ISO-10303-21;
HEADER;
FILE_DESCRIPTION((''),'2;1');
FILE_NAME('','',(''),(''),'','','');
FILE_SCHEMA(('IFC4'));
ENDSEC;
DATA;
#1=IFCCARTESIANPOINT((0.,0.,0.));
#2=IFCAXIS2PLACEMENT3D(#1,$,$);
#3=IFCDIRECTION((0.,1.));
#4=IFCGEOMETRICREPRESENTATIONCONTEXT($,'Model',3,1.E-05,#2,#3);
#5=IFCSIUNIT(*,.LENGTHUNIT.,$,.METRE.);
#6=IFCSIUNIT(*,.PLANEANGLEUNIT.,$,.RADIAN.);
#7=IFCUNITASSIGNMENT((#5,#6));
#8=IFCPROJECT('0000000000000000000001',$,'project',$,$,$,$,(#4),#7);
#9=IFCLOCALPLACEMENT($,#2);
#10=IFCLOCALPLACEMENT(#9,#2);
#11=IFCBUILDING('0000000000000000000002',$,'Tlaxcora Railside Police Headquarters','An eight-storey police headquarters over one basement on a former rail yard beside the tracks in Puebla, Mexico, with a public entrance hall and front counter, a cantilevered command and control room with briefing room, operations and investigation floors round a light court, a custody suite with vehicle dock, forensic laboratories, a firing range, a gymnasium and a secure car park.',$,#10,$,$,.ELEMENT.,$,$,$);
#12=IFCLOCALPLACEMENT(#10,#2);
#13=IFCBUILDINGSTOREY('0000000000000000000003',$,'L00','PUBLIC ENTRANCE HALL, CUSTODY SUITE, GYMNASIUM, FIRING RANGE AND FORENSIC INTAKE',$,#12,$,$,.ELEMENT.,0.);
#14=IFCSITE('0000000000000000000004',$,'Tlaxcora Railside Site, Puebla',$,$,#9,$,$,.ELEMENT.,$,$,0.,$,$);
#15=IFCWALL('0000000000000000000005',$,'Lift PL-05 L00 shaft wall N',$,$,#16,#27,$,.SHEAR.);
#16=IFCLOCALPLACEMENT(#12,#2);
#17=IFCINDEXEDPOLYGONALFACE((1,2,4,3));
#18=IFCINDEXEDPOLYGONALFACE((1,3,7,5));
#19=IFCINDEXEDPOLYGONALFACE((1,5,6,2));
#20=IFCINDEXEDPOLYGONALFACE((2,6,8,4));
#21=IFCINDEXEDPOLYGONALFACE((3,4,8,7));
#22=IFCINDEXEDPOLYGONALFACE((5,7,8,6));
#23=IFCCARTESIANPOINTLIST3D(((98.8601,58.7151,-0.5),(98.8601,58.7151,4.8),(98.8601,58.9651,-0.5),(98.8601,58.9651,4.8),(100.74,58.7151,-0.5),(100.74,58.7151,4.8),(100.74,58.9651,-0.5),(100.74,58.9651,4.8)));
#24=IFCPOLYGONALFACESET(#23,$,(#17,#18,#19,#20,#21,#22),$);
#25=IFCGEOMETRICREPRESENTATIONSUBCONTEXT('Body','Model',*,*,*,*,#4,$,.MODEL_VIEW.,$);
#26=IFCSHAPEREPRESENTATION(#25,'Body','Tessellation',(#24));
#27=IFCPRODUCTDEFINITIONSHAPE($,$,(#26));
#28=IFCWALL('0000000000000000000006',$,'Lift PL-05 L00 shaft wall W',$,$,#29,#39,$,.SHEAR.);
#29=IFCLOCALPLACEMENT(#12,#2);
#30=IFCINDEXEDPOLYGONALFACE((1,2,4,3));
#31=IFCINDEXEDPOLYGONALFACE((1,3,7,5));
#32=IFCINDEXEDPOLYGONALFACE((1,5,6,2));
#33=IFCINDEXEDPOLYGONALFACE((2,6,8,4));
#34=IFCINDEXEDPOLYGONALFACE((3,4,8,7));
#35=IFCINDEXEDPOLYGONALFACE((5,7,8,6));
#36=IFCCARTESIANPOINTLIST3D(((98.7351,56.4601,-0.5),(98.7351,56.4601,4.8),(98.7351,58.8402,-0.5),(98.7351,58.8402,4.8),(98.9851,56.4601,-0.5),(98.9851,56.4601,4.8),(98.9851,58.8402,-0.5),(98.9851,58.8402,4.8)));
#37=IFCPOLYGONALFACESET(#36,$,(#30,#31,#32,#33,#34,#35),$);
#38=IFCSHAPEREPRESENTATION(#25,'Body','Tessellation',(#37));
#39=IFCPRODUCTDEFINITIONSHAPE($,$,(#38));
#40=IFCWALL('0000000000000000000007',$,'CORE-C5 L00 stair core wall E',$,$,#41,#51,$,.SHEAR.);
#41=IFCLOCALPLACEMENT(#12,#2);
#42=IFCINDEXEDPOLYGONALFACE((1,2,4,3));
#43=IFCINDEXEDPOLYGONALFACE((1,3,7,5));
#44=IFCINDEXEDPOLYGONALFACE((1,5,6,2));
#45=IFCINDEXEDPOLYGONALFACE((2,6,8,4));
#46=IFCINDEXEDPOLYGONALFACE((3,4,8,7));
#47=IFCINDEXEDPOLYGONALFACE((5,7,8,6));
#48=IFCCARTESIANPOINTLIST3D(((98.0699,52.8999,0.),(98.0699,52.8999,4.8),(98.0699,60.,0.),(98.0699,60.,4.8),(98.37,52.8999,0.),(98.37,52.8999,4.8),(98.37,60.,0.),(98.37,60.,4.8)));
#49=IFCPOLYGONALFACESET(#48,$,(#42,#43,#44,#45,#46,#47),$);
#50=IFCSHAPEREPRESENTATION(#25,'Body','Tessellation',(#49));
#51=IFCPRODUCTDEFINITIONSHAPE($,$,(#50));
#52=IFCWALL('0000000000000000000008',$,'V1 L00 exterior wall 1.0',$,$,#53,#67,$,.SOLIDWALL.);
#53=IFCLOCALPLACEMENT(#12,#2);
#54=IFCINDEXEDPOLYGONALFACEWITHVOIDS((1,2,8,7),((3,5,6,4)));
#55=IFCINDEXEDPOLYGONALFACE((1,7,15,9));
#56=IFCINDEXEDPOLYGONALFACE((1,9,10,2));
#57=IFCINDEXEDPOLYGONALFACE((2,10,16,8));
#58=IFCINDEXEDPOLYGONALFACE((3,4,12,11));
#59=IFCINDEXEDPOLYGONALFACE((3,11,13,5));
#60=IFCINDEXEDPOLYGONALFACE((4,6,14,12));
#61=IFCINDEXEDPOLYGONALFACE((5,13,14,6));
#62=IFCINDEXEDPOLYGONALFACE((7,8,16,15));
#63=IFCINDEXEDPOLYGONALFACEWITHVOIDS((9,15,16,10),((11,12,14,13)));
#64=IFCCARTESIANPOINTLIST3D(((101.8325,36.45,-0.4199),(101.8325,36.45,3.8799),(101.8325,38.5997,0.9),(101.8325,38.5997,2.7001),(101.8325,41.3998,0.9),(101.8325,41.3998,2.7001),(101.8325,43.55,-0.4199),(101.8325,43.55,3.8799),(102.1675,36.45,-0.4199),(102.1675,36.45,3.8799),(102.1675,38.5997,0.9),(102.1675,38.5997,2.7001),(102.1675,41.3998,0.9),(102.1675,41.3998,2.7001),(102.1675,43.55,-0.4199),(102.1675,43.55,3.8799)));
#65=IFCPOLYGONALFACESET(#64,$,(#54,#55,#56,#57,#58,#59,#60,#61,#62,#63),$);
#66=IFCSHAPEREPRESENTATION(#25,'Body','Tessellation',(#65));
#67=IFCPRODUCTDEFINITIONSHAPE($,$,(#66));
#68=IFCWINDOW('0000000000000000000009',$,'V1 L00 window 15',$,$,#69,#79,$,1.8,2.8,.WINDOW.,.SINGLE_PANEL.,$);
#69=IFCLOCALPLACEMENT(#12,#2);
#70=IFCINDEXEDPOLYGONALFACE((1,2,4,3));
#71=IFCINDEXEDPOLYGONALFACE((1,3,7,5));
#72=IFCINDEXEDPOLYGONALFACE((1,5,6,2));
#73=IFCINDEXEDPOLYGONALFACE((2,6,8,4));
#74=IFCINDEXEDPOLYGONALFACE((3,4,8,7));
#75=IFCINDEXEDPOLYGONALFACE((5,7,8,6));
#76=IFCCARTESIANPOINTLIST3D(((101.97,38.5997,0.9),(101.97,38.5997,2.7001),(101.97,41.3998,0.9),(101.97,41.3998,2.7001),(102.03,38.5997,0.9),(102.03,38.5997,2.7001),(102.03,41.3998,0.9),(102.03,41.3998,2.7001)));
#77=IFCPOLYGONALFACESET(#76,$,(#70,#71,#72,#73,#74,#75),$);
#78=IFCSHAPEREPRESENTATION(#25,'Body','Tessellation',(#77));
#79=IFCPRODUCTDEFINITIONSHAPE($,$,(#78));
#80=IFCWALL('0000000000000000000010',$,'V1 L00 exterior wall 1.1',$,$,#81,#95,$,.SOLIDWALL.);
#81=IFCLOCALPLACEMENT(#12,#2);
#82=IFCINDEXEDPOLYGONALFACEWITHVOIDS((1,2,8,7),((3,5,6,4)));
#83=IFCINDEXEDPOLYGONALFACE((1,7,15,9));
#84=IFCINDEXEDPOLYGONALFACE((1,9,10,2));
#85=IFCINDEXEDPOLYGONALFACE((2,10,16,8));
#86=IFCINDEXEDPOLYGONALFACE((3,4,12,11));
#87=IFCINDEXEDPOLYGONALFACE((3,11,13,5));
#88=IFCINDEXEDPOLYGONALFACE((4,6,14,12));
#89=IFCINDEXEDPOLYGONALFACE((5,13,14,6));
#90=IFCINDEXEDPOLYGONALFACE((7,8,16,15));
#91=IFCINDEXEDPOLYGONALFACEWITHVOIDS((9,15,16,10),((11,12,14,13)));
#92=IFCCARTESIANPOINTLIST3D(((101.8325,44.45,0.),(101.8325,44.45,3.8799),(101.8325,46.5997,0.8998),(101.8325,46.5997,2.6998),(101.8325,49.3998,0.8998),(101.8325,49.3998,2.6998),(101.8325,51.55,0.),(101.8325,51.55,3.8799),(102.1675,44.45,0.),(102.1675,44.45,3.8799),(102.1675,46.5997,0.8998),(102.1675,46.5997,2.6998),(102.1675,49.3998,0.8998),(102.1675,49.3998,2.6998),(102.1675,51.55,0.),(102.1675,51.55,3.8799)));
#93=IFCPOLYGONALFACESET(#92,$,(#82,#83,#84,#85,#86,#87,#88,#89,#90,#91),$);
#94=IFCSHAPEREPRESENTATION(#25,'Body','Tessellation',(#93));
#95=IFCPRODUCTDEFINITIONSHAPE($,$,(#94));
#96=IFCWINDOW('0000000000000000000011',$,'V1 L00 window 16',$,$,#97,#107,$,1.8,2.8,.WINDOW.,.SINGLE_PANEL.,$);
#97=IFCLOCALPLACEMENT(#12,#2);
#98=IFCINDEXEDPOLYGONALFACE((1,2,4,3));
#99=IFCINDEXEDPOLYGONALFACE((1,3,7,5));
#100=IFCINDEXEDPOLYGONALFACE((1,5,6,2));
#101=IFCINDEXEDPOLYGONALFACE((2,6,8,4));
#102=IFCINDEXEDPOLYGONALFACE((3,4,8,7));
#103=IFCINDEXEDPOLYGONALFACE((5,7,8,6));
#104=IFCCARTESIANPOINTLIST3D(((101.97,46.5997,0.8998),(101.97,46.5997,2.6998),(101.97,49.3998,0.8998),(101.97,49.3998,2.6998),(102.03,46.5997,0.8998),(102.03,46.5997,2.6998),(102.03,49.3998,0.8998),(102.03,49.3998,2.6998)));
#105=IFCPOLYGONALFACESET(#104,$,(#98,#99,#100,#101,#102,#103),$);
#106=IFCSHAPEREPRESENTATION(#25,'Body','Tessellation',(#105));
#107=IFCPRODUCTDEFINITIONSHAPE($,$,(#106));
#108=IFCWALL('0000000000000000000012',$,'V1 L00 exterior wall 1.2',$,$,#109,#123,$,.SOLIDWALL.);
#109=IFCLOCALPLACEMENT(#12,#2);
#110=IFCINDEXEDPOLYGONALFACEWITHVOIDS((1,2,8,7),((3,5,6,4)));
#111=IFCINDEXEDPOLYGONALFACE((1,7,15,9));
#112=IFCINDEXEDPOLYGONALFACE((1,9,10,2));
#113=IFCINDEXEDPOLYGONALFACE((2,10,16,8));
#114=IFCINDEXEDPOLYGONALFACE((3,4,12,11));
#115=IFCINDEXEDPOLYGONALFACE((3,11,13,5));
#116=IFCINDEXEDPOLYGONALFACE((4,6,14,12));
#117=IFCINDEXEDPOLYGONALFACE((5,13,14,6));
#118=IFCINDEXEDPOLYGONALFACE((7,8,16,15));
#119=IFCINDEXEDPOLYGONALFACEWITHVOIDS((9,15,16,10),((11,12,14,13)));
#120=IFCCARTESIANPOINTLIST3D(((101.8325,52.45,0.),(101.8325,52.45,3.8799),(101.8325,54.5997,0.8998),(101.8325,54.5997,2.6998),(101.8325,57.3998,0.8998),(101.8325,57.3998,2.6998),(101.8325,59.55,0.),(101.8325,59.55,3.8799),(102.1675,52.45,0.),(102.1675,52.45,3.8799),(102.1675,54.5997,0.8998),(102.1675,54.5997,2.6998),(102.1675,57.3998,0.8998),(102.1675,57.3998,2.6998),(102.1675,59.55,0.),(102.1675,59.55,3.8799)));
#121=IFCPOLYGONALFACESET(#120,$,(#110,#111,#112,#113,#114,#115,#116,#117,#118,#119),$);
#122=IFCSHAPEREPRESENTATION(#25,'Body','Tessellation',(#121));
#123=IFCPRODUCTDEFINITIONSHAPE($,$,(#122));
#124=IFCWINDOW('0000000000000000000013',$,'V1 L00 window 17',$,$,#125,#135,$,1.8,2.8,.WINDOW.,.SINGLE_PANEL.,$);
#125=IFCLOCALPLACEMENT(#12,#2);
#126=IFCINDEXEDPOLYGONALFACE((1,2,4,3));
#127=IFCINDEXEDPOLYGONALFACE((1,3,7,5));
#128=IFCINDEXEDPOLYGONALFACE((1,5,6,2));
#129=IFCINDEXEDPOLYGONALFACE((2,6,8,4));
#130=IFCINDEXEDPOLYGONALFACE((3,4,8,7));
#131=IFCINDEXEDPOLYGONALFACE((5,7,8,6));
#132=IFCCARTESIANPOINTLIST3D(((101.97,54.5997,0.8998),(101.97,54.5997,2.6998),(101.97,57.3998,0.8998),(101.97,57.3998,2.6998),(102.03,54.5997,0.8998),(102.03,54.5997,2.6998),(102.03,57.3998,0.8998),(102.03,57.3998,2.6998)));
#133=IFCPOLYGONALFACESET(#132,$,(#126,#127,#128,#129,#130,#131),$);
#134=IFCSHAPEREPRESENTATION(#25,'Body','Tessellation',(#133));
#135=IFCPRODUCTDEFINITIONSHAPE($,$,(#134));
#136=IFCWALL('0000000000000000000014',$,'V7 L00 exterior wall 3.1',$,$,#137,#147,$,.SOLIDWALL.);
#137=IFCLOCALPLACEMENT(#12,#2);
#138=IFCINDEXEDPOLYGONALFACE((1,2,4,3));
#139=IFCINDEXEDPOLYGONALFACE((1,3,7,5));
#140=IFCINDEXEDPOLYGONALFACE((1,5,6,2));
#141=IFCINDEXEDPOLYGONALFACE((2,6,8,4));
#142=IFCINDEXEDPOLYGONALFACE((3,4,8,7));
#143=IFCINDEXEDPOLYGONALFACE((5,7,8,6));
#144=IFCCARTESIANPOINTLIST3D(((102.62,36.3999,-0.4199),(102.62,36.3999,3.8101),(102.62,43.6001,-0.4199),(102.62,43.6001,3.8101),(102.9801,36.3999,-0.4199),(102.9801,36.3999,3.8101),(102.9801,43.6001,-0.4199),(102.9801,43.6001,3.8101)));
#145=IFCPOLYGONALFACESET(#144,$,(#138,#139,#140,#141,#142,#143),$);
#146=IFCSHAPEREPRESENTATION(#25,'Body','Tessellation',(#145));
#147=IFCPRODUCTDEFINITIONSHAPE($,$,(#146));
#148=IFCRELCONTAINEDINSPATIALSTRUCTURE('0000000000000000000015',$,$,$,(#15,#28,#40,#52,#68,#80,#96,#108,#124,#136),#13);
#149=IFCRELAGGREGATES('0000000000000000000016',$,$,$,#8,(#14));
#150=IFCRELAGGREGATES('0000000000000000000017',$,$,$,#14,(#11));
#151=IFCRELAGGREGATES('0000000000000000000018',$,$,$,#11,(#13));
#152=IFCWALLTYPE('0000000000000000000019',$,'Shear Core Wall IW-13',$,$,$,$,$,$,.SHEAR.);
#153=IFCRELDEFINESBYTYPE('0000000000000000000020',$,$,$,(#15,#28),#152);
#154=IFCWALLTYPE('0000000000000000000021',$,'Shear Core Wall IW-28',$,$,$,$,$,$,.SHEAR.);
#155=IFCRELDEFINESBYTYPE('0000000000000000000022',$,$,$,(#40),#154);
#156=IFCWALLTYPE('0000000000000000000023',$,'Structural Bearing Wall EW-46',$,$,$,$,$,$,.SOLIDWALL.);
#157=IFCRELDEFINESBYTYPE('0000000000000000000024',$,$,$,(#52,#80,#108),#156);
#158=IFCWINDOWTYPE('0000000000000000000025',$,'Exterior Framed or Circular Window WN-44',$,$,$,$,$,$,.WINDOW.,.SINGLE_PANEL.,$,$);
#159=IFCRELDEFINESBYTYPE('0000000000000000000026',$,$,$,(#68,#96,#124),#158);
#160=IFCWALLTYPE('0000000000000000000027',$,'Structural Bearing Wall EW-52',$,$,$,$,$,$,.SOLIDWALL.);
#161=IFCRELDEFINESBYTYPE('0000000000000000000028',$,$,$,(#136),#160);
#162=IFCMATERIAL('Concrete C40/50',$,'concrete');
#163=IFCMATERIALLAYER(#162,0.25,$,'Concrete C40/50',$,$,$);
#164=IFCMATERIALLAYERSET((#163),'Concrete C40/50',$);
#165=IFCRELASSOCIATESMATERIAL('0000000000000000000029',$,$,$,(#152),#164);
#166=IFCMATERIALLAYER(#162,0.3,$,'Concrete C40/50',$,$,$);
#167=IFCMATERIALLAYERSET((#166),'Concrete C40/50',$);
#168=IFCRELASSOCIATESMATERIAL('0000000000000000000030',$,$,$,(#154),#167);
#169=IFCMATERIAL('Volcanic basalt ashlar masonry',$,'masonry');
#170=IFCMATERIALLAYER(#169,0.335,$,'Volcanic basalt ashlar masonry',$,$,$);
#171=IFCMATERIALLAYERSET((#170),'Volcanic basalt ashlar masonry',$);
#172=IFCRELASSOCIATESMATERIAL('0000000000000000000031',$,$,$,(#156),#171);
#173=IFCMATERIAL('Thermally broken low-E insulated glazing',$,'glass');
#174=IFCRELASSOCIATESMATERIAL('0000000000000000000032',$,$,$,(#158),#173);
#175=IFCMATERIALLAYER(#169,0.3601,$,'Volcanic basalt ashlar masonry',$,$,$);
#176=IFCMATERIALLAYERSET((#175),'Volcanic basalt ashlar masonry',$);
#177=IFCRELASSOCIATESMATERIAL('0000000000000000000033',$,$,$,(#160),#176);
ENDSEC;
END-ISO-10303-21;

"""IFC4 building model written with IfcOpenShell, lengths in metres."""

from ifc_helpers import new_model, si_unit, direction, frame, frame_2d, origin, place, context, subcontext, project, spatial, rectangle, extrude, material, layer, layer_set, type_object, element, fill, save


model = new_model("IFC4")

# Units and contexts
model_context = context("Model", 3, precision=1e-05, world=origin(), true_north=direction((0.0, 1.0)))
body_context = subcontext(model_context, "Body", "Model", "MODEL_VIEW")
ifc_project = project(units=[si_unit("LENGTHUNIT", "METRE"), si_unit("PLANEANGLEUNIT", "RADIAN")], contexts=[model_context])

# Site, building, storey
site_placement = place(None, origin())
site = spatial("IfcSite", under=ifc_project, at=site_placement, Name="Tlaxcora Railside Site, Puebla", CompositionType="ELEMENT", RefElevation=0.0)
building_placement = place(site_placement, origin())
building = spatial("IfcBuilding", under=site, at=building_placement, Name="Tlaxcora Railside Police Headquarters", Description="An eight-storey police headquarters over one basement on a former rail yard beside the tracks in Puebla, Mexico, with a public entrance hall and front counter, a cantilevered command and control room with briefing room, operations and investigation floors round a light court, a custody suite with vehicle dock, forensic laboratories, a firing range, a gymnasium and a secure car park.", CompositionType="ELEMENT")
storey_placement = place(building_placement, origin())
storey = spatial("IfcBuildingStorey", under=building, at=storey_placement, Name="L00", Description="PUBLIC ENTRANCE HALL, CUSTODY SUITE, GYMNASIUM, FIRING RANGE AND FORENSIC INTAKE", CompositionType="ELEMENT", Elevation=0.0)

# Shared definitions
ifc_material_1 = material(Name="Concrete C40/50", Category="concrete")

# Shared definitions
ifc_layer_1 = layer(ifc_material_1, 0.25, Name="Concrete C40/50")
ifc_layer_set_1 = layer_set([ifc_layer_1], Name="Concrete C40/50")
wall_type_1 = type_object("IfcWallType", Name="Shear Core Wall IW-13", PredefinedType="SHEAR", material=ifc_layer_set_1)

# Walls
wall_1_placement = place(storey_placement, frame((100.74, 58.8401, -0.5), z_axis=(0.0, 0.0, 1.0), x_axis=(-1.0, 0.0, 0.0)))
element("IfcWall", 1, at=wall_1_placement, inside=storey, type_object=wall_type_1, Name="Lift PL-05 L00 shaft wall N", PredefinedType="SHEAR", context=body_context, shape_type="SweptSolid", body=[
    extrude(rectangle(XDim=1.8799, YDim=0.25, at=frame_2d((0.9399, 0.0))), origin(), (0.0, 0.0, 1.0), 5.3),
])
wall_2_placement = place(storey_placement, frame((98.8601, 58.8401, -0.5), z_axis=(0.0, 0.0, 1.0), x_axis=(0.0, -1.0, 0.0)))
element("IfcWall", 2, at=wall_2_placement, inside=storey, type_object=wall_type_1, Name="Lift PL-05 L00 shaft wall W", PredefinedType="SHEAR", context=body_context, shape_type="SweptSolid", body=[
    extrude(rectangle(XDim=2.3801, YDim=0.25, at=frame_2d((1.1899, 0.0))), origin(), (0.0, 0.0, 1.0), 5.3),
])
ifc_layer_2 = layer(ifc_material_1, 0.3, Name="Concrete C40/50")
ifc_layer_set_2 = layer_set([ifc_layer_2], Name="Concrete C40/50")
wall_type_2 = type_object("IfcWallType", Name="Shear Core Wall IW-28", PredefinedType="SHEAR", material=ifc_layer_set_2)
wall_3_placement = place(storey_placement, frame((98.22, 52.8999, 0.0), z_axis=(0.0, 0.0, 1.0), x_axis=(0.0, 1.0, 0.0)))
element("IfcWall", 3, at=wall_3_placement, inside=storey, type_object=wall_type_2, Name="CORE-C5 L00 stair core wall E", PredefinedType="SHEAR", context=body_context, shape_type="SweptSolid", body=[
    extrude(rectangle(XDim=7.1001, YDim=0.3, at=frame_2d((3.55, 0.0))), origin(), (0.0, 0.0, 1.0), 4.8),
])

# Walls, openings, windows
ifc_material_2 = material(Name="Volcanic basalt ashlar masonry", Category="masonry")
ifc_layer_3 = layer(ifc_material_2, 0.335, Name="Volcanic basalt ashlar masonry")
ifc_layer_set_3 = layer_set([ifc_layer_3], Name="Volcanic basalt ashlar masonry")
wall_type_3 = type_object("IfcWallType", Name="Structural Bearing Wall EW-46", PredefinedType="SOLIDWALL", material=ifc_layer_set_3)
wall_4_placement = place(storey_placement, frame((102.0, 36.45, -0.4199), z_axis=(0.0, 0.0, 1.0), x_axis=(0.0, 1.0, 0.0)))
wall_4 = element("IfcWall", 4, at=wall_4_placement, inside=storey, type_object=wall_type_3, Name="V1 L00 exterior wall 1.0", PredefinedType="SOLIDWALL", context=body_context, shape_type="SweptSolid", body=[
    extrude(rectangle(XDim=7.1001, YDim=0.335, at=frame_2d((3.55, 0.0))), origin(), (0.0, 0.0, 1.0), 4.2998),
])
opening_1_placement = place(wall_4_placement, frame((2.1499, 0.0, 1.3201)))
opening_1 = element("IfcOpeningElement", 5, at=opening_1_placement, cuts=wall_4, PredefinedType="OPENING", context=body_context, shape_type="SweptSolid", body=[
    extrude(rectangle(XDim=2.8, YDim=1.8, at=frame_2d((1.3999, 0.8999))), frame((0.0, 0.1775, 0.0), z_axis=(0.0, -1.0, 0.0), x_axis=(1.0, 0.0, 0.0)), (0.0, 0.0, 1.0), 0.355),
])
ifc_material_3 = material(Name="Thermally broken low-E insulated glazing", Category="glass")
window_type = type_object("IfcWindowType", Name="Exterior Framed or Circular Window WN-44", PartitioningType="SINGLE_PANEL", PredefinedType="WINDOW", material=ifc_material_3)
window_1_placement = place(opening_1_placement, origin())
window_1 = element("IfcWindow", 6, at=window_1_placement, inside=storey, type_object=window_type, Name="V1 L00 window 15", OverallHeight=1.8, OverallWidth=2.8, PartitioningType="SINGLE_PANEL", PredefinedType="WINDOW", context=body_context, shape_type="SweptSolid", body=[
    extrude(rectangle(XDim=2.8, YDim=1.8, at=frame_2d((1.3999, 0.8999))), frame((0.0, 0.03, 0.0), z_axis=(0.0, -1.0, 0.0), x_axis=(1.0, 0.0, 0.0)), (0.0, 0.0, 1.0), 0.0601),
])
fill(opening_1, window_1)
wall_5_placement = place(storey_placement, frame((102.0, 44.45, 0.0), z_axis=(0.0, 0.0, 1.0), x_axis=(0.0, 1.0, 0.0)))
wall_5 = element("IfcWall", 7, at=wall_5_placement, inside=storey, type_object=wall_type_3, Name="V1 L00 exterior wall 1.1", PredefinedType="SOLIDWALL", context=body_context, shape_type="SweptSolid", body=[
    extrude(rectangle(XDim=7.1001, YDim=0.335, at=frame_2d((3.55, 0.0))), origin(), (0.0, 0.0, 1.0), 3.8799),
])
opening_2_placement = place(wall_5_placement, frame((2.1499, 0.0, 0.8999)))
opening_2 = element("IfcOpeningElement", 8, at=opening_2_placement, cuts=wall_5, PredefinedType="OPENING", context=body_context, shape_type="SweptSolid", body=[
    extrude(rectangle(XDim=2.8, YDim=1.8, at=frame_2d((1.3999, 0.8999))), frame((0.0, 0.1775, 0.0), z_axis=(0.0, -1.0, 0.0), x_axis=(1.0, 0.0, 0.0)), (0.0, 0.0, 1.0), 0.355),
])
window_2_placement = place(opening_2_placement, origin())
window_2 = element("IfcWindow", 9, at=window_2_placement, inside=storey, type_object=window_type, Name="V1 L00 window 16", OverallHeight=1.8, OverallWidth=2.8, PartitioningType="SINGLE_PANEL", PredefinedType="WINDOW", context=body_context, shape_type="SweptSolid", body=[
    extrude(rectangle(XDim=2.8, YDim=1.8, at=frame_2d((1.3999, 0.8999))), frame((0.0, 0.03, 0.0), z_axis=(0.0, -1.0, 0.0), x_axis=(1.0, 0.0, 0.0)), (0.0, 0.0, 1.0), 0.0601),
])
fill(opening_2, window_2)
wall_6_placement = place(storey_placement, frame((102.0, 52.45, 0.0), z_axis=(0.0, 0.0, 1.0), x_axis=(0.0, 1.0, 0.0)))
wall_6 = element("IfcWall", 10, at=wall_6_placement, inside=storey, type_object=wall_type_3, Name="V1 L00 exterior wall 1.2", PredefinedType="SOLIDWALL", context=body_context, shape_type="SweptSolid", body=[
    extrude(rectangle(XDim=7.1001, YDim=0.335, at=frame_2d((3.55, 0.0))), origin(), (0.0, 0.0, 1.0), 3.8799),
])
opening_3_placement = place(wall_6_placement, frame((2.1499, 0.0, 0.8999)))
opening_3 = element("IfcOpeningElement", 11, at=opening_3_placement, cuts=wall_6, PredefinedType="OPENING", context=body_context, shape_type="SweptSolid", body=[
    extrude(rectangle(XDim=2.8, YDim=1.8, at=frame_2d((1.3999, 0.8999))), frame((0.0, 0.1775, 0.0), z_axis=(0.0, -1.0, 0.0), x_axis=(1.0, 0.0, 0.0)), (0.0, 0.0, 1.0), 0.355),
])
window_3_placement = place(opening_3_placement, origin())
window_3 = element("IfcWindow", 12, at=window_3_placement, inside=storey, type_object=window_type, Name="V1 L00 window 17", OverallHeight=1.8, OverallWidth=2.8, PartitioningType="SINGLE_PANEL", PredefinedType="WINDOW", context=body_context, shape_type="SweptSolid", body=[
    extrude(rectangle(XDim=2.8, YDim=1.8, at=frame_2d((1.3999, 0.8999))), frame((0.0, 0.03, 0.0), z_axis=(0.0, -1.0, 0.0), x_axis=(1.0, 0.0, 0.0)), (0.0, 0.0, 1.0), 0.0601),
])
fill(opening_3, window_3)

# Wall
ifc_layer_4 = layer(ifc_material_2, 0.3601, Name="Volcanic basalt ashlar masonry")
ifc_layer_set_4 = layer_set([ifc_layer_4], Name="Volcanic basalt ashlar masonry")
wall_type_4 = type_object("IfcWallType", Name="Structural Bearing Wall EW-52", PredefinedType="SOLIDWALL", material=ifc_layer_set_4)
wall_7_placement = place(storey_placement, frame((102.8, 43.6001, -0.4199), z_axis=(0.0, 0.0, 1.0), x_axis=(0.0, -1.0, 0.0)))
element("IfcWall", 13, at=wall_7_placement, inside=storey, type_object=wall_type_4, Name="V7 L00 exterior wall 3.1", PredefinedType="SOLIDWALL", context=body_context, shape_type="SweptSolid", body=[
    extrude(rectangle(XDim=7.2002, YDim=0.3601, at=frame_2d((3.6001, 0.0))), origin(), (0.0, 0.0, 1.0), 4.23),
])

save(model, "model.ifc")
